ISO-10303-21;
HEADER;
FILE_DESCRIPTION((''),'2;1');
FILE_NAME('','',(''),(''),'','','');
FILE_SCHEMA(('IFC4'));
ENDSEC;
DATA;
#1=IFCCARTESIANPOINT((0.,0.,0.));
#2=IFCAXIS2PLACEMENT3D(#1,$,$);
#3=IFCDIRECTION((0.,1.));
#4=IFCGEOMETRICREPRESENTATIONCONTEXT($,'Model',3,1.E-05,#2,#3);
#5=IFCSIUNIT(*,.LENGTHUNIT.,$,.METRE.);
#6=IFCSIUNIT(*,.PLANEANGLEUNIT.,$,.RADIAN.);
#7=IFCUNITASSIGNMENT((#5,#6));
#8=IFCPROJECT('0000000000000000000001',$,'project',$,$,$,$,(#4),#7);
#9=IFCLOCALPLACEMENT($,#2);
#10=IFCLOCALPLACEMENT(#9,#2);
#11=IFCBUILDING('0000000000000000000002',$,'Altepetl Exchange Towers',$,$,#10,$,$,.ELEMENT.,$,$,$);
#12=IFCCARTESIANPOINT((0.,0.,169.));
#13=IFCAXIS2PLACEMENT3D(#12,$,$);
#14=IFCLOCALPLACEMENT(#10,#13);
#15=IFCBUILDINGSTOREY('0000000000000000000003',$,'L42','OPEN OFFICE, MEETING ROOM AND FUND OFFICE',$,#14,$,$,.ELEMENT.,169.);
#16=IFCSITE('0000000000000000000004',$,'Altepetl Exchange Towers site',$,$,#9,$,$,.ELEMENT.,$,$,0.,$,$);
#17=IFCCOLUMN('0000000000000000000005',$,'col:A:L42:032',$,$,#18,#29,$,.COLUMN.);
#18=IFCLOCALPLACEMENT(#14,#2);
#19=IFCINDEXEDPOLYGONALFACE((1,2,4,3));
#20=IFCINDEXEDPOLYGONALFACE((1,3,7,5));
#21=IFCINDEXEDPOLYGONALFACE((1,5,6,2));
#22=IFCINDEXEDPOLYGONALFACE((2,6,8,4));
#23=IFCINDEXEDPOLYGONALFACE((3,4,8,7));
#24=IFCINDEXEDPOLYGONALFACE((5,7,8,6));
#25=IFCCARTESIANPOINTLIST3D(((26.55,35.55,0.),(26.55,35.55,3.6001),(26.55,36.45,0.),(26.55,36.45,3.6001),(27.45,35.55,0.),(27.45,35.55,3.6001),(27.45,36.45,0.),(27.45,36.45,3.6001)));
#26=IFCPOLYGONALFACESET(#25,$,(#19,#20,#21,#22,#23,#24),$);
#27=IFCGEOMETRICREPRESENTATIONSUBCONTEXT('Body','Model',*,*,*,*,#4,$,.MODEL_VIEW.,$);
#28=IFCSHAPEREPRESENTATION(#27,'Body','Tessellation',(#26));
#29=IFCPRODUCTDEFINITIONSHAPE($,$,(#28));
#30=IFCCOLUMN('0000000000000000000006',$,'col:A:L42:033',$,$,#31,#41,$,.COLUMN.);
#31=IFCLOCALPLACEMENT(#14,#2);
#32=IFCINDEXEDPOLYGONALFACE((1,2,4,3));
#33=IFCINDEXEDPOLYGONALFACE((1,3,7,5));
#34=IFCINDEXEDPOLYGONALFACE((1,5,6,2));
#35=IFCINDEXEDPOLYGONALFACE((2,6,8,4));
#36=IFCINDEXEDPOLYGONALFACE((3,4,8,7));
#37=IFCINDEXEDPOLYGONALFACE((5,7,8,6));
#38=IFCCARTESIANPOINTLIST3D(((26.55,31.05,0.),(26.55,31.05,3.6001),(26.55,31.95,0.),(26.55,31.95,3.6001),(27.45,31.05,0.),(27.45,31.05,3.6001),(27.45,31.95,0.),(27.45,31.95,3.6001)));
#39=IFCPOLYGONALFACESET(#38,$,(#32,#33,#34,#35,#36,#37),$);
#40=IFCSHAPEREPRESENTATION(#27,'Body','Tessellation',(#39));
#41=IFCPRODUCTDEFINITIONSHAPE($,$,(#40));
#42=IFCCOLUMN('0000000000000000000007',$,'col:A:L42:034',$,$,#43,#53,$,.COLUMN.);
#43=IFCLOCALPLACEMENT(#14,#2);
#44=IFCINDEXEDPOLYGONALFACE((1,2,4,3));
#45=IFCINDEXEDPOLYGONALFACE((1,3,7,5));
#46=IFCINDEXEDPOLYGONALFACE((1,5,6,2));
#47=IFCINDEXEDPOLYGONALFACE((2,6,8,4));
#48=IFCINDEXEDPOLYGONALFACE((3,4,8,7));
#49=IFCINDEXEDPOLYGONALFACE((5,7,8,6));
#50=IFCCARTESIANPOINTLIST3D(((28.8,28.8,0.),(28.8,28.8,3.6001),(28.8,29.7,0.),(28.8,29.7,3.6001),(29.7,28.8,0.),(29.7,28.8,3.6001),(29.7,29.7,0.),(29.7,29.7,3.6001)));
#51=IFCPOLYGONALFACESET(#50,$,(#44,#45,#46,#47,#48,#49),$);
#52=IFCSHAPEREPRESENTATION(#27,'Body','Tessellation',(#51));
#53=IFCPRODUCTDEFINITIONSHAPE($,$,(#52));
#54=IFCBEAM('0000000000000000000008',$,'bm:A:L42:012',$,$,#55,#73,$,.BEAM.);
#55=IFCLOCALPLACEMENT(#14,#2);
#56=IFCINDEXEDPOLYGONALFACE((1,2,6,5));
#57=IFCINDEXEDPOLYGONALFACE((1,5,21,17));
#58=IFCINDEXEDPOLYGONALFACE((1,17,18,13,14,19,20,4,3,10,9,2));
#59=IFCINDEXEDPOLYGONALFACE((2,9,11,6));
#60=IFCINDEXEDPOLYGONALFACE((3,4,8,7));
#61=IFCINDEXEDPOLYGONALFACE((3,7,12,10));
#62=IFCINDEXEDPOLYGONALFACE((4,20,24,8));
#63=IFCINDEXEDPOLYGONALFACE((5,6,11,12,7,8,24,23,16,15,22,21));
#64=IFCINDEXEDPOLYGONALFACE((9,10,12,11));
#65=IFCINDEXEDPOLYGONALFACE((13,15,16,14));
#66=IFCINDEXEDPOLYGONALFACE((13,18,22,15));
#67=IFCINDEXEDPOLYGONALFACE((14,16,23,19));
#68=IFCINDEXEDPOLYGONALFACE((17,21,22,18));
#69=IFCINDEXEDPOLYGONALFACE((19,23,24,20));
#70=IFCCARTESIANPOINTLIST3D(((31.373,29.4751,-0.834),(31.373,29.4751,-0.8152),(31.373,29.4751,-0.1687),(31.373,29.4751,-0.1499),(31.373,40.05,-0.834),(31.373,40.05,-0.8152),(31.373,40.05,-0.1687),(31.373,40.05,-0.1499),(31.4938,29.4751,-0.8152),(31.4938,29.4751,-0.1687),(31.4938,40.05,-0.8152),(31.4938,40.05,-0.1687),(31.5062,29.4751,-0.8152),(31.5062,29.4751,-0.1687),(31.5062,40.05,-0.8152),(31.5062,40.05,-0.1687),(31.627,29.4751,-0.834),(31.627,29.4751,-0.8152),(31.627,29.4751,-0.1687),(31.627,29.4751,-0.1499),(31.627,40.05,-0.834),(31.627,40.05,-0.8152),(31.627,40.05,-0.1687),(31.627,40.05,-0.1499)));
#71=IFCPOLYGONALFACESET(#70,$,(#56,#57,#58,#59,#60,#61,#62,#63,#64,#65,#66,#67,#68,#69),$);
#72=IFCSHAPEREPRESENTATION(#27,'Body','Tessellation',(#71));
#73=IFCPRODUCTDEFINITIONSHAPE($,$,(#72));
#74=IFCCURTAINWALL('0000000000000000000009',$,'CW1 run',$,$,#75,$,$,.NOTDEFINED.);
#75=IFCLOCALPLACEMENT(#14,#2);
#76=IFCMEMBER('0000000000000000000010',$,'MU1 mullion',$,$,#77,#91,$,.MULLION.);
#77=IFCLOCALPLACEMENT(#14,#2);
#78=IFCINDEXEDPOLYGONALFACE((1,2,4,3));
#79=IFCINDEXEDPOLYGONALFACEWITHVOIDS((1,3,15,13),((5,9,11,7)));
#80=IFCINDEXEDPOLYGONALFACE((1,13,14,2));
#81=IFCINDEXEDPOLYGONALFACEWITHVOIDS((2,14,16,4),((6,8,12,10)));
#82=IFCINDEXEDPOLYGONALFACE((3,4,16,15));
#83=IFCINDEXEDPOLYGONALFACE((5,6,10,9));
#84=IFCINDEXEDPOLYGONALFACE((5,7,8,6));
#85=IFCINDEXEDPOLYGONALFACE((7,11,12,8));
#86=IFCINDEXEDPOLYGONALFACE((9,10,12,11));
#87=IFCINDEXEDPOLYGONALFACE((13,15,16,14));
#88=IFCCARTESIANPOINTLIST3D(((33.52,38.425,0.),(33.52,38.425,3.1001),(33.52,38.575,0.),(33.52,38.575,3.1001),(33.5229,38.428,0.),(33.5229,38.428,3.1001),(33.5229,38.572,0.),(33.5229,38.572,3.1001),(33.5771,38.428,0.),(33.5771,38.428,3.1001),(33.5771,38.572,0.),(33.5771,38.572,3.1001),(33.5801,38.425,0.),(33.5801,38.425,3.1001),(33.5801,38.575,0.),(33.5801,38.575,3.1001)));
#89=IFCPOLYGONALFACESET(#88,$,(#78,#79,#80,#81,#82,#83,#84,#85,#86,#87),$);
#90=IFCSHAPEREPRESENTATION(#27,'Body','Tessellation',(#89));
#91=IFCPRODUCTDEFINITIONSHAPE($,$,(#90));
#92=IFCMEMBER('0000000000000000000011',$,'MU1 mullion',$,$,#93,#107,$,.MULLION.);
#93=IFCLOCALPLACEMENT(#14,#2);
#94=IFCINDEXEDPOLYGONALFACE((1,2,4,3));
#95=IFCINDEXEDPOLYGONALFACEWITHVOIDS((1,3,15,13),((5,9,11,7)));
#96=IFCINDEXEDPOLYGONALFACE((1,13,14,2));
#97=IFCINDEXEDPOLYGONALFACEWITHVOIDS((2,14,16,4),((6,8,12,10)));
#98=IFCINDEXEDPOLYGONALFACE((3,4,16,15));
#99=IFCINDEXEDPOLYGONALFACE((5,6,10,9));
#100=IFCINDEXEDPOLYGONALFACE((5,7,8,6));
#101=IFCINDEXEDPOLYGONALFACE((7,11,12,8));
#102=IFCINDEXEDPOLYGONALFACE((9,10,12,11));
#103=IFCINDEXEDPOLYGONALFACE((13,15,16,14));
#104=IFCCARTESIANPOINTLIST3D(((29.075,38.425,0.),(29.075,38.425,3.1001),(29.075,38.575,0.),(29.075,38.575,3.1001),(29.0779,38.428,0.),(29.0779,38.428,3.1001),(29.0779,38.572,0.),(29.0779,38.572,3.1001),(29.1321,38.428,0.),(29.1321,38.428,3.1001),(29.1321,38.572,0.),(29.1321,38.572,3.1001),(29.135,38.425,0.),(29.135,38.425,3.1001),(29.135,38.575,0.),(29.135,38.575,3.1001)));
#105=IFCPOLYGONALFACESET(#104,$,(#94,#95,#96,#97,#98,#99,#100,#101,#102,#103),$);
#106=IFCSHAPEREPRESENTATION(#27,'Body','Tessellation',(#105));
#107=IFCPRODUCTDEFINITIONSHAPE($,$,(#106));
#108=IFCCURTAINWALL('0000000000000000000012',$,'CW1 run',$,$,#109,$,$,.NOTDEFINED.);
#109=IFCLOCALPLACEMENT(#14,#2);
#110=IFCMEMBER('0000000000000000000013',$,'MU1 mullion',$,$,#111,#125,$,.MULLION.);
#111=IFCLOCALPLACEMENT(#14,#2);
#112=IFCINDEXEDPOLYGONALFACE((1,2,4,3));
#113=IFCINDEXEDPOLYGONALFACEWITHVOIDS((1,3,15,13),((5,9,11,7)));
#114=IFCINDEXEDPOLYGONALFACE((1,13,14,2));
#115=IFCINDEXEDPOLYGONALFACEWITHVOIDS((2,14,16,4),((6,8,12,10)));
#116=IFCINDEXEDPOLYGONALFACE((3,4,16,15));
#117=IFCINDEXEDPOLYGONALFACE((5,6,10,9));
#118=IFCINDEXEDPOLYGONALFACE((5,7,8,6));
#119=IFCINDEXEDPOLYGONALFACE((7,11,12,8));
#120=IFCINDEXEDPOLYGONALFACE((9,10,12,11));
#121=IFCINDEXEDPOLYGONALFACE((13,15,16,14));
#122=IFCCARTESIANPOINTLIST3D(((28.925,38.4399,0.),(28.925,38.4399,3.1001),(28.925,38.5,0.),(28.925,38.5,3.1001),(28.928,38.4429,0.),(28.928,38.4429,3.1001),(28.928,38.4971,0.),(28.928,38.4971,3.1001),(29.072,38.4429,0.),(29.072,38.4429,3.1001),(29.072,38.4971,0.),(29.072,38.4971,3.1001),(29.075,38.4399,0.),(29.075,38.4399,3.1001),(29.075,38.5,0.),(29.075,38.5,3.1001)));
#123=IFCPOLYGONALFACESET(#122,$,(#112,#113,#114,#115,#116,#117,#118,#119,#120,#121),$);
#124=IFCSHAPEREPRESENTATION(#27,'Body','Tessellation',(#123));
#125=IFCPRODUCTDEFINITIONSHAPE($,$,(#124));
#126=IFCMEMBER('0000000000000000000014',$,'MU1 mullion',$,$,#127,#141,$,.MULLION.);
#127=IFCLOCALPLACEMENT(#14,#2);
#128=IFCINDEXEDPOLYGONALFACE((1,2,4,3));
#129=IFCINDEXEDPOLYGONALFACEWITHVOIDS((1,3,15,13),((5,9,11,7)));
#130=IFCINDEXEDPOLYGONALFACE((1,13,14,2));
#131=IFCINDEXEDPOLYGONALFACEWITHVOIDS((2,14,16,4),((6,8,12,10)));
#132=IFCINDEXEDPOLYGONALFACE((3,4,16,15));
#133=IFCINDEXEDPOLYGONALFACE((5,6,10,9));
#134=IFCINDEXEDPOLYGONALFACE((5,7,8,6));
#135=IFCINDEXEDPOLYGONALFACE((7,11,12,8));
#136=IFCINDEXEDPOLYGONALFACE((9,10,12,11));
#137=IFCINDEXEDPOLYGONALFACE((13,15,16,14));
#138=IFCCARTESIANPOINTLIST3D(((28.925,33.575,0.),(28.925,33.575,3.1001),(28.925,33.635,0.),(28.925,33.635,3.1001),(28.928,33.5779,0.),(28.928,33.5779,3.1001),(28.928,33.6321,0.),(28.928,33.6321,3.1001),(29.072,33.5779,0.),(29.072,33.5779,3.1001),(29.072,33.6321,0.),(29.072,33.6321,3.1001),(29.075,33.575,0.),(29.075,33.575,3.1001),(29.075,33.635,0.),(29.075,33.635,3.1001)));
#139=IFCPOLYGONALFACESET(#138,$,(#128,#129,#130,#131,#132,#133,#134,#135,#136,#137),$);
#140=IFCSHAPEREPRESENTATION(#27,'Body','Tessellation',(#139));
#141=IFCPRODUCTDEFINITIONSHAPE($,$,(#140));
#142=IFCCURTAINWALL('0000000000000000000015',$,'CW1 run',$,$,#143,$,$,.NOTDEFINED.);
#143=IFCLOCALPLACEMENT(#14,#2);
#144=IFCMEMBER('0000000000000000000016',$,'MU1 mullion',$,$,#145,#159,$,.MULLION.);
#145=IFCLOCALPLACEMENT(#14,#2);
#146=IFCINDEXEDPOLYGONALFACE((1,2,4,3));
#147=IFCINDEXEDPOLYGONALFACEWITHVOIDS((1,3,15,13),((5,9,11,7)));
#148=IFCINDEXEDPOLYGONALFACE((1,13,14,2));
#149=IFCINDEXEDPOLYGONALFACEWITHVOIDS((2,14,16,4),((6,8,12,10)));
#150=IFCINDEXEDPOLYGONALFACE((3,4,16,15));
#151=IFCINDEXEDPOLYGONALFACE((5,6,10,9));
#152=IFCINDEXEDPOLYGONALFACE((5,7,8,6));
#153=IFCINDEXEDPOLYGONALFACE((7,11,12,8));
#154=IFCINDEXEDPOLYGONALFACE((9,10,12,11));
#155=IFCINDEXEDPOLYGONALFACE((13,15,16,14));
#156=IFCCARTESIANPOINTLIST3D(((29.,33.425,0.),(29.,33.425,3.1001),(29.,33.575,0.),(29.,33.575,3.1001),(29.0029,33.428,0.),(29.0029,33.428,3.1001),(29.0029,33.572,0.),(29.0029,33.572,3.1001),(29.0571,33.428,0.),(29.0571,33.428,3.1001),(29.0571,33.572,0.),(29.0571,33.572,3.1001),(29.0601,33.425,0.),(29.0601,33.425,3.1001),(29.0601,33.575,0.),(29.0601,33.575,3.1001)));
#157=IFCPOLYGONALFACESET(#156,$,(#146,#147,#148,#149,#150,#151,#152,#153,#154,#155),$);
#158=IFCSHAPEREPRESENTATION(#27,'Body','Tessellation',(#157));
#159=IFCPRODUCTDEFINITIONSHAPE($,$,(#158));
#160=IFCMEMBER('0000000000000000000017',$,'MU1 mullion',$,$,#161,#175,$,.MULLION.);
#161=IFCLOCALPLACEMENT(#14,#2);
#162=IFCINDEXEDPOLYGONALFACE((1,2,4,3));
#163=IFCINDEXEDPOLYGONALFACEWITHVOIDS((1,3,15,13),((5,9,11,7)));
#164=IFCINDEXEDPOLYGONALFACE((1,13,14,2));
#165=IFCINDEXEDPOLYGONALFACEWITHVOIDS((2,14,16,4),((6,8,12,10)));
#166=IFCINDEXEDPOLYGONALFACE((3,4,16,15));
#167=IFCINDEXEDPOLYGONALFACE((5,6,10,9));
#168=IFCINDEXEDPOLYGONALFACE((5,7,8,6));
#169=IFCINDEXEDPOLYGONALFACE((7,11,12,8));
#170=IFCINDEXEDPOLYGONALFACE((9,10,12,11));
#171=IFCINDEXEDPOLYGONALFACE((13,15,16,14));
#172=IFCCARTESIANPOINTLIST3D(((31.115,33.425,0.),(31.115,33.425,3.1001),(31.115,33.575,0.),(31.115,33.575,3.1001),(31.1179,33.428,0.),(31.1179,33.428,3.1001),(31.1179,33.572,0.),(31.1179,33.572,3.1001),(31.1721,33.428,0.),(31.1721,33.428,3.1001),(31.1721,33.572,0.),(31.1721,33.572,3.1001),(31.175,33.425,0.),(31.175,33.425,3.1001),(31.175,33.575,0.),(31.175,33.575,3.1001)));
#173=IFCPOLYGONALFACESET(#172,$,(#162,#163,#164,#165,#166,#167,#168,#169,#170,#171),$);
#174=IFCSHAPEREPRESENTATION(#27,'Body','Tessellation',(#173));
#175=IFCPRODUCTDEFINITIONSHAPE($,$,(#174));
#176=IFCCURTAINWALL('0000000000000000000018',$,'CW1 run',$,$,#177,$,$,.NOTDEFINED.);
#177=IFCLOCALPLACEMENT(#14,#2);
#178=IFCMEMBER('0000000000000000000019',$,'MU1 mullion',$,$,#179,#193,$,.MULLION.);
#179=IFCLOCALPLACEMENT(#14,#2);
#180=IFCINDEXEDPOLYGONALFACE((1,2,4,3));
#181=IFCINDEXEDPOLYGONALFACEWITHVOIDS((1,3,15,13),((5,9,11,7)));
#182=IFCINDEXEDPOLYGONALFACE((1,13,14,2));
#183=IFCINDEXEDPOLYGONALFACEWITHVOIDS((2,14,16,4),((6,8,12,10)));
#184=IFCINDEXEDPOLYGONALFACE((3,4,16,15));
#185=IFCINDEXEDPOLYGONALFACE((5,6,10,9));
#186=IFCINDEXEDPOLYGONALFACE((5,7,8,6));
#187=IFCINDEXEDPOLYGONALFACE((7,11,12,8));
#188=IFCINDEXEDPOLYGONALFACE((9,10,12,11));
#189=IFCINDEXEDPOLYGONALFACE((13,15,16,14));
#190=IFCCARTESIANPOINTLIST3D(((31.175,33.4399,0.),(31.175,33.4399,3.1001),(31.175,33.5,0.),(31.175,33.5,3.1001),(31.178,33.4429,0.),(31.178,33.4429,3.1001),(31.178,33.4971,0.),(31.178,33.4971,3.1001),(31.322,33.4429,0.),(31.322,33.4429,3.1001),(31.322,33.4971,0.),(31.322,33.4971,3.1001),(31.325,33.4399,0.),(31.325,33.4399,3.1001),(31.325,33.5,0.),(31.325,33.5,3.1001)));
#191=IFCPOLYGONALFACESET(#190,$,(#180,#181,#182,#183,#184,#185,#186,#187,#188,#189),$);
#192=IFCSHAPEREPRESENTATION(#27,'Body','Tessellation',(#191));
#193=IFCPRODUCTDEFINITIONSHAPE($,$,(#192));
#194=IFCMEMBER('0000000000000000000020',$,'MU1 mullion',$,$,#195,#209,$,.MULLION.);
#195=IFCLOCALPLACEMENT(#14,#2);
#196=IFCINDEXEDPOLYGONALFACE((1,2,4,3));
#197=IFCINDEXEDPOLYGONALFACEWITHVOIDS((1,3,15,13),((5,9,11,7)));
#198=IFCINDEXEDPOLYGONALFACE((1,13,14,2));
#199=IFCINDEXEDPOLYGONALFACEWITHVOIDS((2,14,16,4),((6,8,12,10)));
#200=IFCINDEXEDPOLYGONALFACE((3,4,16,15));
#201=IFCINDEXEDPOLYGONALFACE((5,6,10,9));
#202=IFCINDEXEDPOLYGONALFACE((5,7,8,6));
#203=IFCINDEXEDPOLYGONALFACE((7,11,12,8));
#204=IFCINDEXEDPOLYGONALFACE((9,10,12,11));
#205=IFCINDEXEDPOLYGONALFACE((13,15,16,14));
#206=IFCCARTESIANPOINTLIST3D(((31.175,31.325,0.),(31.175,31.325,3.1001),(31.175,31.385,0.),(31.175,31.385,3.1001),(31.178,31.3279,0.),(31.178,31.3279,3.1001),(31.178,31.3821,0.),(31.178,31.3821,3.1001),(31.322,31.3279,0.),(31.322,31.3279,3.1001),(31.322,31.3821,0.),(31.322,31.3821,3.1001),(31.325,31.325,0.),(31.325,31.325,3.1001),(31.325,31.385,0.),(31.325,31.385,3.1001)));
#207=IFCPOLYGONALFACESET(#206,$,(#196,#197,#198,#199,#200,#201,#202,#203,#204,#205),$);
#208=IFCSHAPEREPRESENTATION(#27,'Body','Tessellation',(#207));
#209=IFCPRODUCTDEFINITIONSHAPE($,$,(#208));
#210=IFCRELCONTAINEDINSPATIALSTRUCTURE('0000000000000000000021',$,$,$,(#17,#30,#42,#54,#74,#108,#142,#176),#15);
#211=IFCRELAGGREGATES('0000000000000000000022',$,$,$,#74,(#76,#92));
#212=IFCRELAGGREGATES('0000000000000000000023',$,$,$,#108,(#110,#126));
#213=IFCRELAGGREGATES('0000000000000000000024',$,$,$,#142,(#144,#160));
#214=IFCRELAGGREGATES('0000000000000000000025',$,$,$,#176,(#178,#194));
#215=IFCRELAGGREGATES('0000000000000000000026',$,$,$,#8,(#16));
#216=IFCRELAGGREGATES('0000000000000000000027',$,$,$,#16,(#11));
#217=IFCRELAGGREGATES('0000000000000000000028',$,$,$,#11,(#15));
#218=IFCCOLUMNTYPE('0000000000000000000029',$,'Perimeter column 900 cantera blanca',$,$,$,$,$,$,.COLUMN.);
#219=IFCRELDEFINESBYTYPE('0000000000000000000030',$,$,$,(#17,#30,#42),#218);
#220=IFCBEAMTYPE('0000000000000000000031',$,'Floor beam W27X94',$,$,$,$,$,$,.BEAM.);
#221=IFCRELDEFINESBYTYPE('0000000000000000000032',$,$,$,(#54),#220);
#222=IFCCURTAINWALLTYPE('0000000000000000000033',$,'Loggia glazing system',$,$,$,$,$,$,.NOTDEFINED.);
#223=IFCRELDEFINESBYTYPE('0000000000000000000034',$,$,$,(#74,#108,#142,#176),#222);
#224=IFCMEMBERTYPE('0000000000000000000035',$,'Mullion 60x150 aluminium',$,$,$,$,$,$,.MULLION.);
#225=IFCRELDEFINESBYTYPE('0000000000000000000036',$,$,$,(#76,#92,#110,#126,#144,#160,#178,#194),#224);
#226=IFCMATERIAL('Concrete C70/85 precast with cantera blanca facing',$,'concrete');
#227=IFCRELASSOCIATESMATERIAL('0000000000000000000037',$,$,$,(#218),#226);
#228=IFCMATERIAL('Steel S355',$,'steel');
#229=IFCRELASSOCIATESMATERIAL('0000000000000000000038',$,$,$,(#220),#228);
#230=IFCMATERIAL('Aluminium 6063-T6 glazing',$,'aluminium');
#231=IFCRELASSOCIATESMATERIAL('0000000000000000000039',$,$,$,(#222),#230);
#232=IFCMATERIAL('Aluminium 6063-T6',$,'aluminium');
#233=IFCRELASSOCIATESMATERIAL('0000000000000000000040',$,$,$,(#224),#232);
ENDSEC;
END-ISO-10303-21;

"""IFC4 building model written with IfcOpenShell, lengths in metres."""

from ifc_helpers import new_model, si_unit, direction, frame, origin, origin_2d, place, context, subcontext, project, spatial, rectangle, hollow_rectangle, i_section, extrude, material, material_profile, profile_set, type_object, element, aggregate, save


model = new_model("IFC4")

# Units and contexts
model_context = context("Model", 3, precision=1e-05, world=origin(), true_north=direction((0.0, 1.0)))
body_context = subcontext(model_context, "Body", "Model", "MODEL_VIEW")
ifc_project = project(units=[si_unit("LENGTHUNIT", "METRE"), si_unit("PLANEANGLEUNIT", "RADIAN")], contexts=[model_context])

# Site, building, storey
site_placement = place(None, origin())
site = spatial("IfcSite", under=ifc_project, at=site_placement, Name="Altepetl Exchange Towers site", CompositionType="ELEMENT", RefElevation=0.0)
building_placement = place(site_placement, origin())
building = spatial("IfcBuilding", under=site, at=building_placement, Name="Altepetl Exchange Towers", CompositionType="ELEMENT")
storey_placement = place(building_placement, frame((0.0, 0.0, 169.0)))
storey = spatial("IfcBuildingStorey", under=building, at=storey_placement, Name="L42", Description="OPEN OFFICE, MEETING ROOM AND FUND OFFICE", CompositionType="ELEMENT", Elevation=169.0)

# Columns
ifc_material_1 = material(Name="Concrete C70/85 precast with cantera blanca facing", Category="concrete")
ifc_material_profile_1 = material_profile(ifc_material_1, rectangle(XDim=0.8999, YDim=0.8999, at=origin_2d()), Name="900 x 900")
ifc_profile_set_1 = profile_set([ifc_material_profile_1], Name="Concrete C70/85 precast with cantera blanca facing")
column_type = type_object("IfcColumnType", Name="Perimeter column 900 cantera blanca", PredefinedType="COLUMN", material=ifc_profile_set_1)
for number, where, name in (
    (1, (27.0, 36.0, 0.0), "col:A:L42:032"),
    (2, (27.0, 31.5, 0.0), "col:A:L42:033"),
    (3, (29.25, 29.25, 0.0), "col:A:L42:034"),
):
    element("IfcColumn", number, at=place(storey_placement, frame(where)), inside=storey, type_object=column_type, Name=name, PredefinedType="COLUMN", context=body_context, shape_type="SweptSolid", body=[
        extrude(rectangle(XDim=0.8999, YDim=0.8999, at=origin_2d()), origin(), (0.0, 0.0, 1.0), 3.6001),
    ])

# Beam
ifc_material_2 = material(Name="Steel S355", Category="steel")
ifc_material_profile_2 = material_profile(ifc_material_2, i_section(OverallWidth=0.2539, OverallDepth=0.6841, WebThickness=0.0125, FlangeThickness=0.0188, at=origin_2d()), Name="W27X94")
ifc_profile_set_2 = profile_set([ifc_material_profile_2], Name="Steel S355")
beam_type_1 = type_object("IfcBeamType", Name="Floor beam W27X94", PredefinedType="BEAM", material=ifc_profile_set_2)
beam_1_placement = place(storey_placement, frame((31.5, 29.4751, -0.4919), z_axis=(0.0, 1.0, 0.0), x_axis=(-1.0, 0.0, 0.0)))
element("IfcBeam", 4, at=beam_1_placement, inside=storey, type_object=beam_type_1, Name="bm:A:L42:012", PredefinedType="BEAM", context=body_context, shape_type="SweptSolid", body=[
    extrude(i_section(OverallWidth=0.2539, OverallDepth=0.6841, WebThickness=0.0125, FlangeThickness=0.0188, at=origin_2d()), origin(), (0.0, 0.0, 1.0), 10.575),
])

# Curtain walls, members
ifc_material_3 = material(Name="Aluminium 6063-T6 glazing", Category="aluminium")
curtain_wall_type = type_object("IfcCurtainWallType", Name="Loggia glazing system", PredefinedType="NOTDEFINED", material=ifc_material_3)
curtain_wall_1_placement = place(storey_placement, origin())
curtain_wall_1 = element("IfcCurtainWall", 5, at=curtain_wall_1_placement, inside=storey, type_object=curtain_wall_type, Name="CW1 run", PredefinedType="NOTDEFINED")
ifc_material_4 = material(Name="Aluminium 6063-T6", Category="aluminium")
ifc_material_profile_3 = material_profile(ifc_material_4, hollow_rectangle(XDim=0.0601, YDim=0.1499, WallThickness=0.0029, at=origin_2d()), Name="Mullion 60x150 aluminium")
ifc_profile_set_3 = profile_set([ifc_material_profile_3], Name="Aluminium 6063-T6")
member_type = type_object("IfcMemberType", Name="Mullion 60x150 aluminium", PredefinedType="MULLION", material=ifc_profile_set_3)
member_1_placement = place(storey_placement, frame((33.55, 38.5, 0.0), z_axis=(0.0, 0.0, 1.0), x_axis=(-1.0, 0.0, 0.0)))
member_1 = element("IfcMember", 6, at=member_1_placement, type_object=member_type, Name="MU1 mullion", PredefinedType="MULLION", context=body_context, shape_type="SweptSolid", body=[
    extrude(hollow_rectangle(XDim=0.0601, YDim=0.1499, WallThickness=0.0029, at=origin_2d()), origin(), (0.0, 0.0, 1.0), 3.1001),
])
member_2_placement = place(storey_placement, frame((29.105, 38.5, 0.0), z_axis=(0.0, 0.0, 1.0), x_axis=(-1.0, 0.0, 0.0)))
member_2 = element("IfcMember", 7, at=member_2_placement, type_object=member_type, Name="MU1 mullion", PredefinedType="MULLION", context=body_context, shape_type="SweptSolid", body=[
    extrude(hollow_rectangle(XDim=0.0601, YDim=0.1499, WallThickness=0.0029, at=origin_2d()), origin(), (0.0, 0.0, 1.0), 3.1001),
])
curtain_wall_2_placement = place(storey_placement, origin())
curtain_wall_2 = element("IfcCurtainWall", 8, at=curtain_wall_2_placement, inside=storey, type_object=curtain_wall_type, Name="CW1 run", PredefinedType="NOTDEFINED")
member_3_placement = place(storey_placement, frame((29.0, 38.47, 0.0), z_axis=(0.0, 0.0, 1.0), x_axis=(0.0, -1.0, 0.0)))
member_3 = element("IfcMember", 9, at=member_3_placement, type_object=member_type, Name="MU1 mullion", PredefinedType="MULLION", context=body_context, shape_type="SweptSolid", body=[
    extrude(hollow_rectangle(XDim=0.0601, YDim=0.1499, WallThickness=0.0029, at=origin_2d()), origin(), (0.0, 0.0, 1.0), 3.1001),
])
member_4_placement = place(storey_placement, frame((29.0, 33.605, 0.0), z_axis=(0.0, 0.0, 1.0), x_axis=(0.0, -1.0, 0.0)))
member_4 = element("IfcMember", 10, at=member_4_placement, type_object=member_type, Name="MU1 mullion", PredefinedType="MULLION", context=body_context, shape_type="SweptSolid", body=[
    extrude(hollow_rectangle(XDim=0.0601, YDim=0.1499, WallThickness=0.0029, at=origin_2d()), origin(), (0.0, 0.0, 1.0), 3.1001),
])
curtain_wall_3_placement = place(storey_placement, origin())
curtain_wall_3 = element("IfcCurtainWall", 11, at=curtain_wall_3_placement, inside=storey, type_object=curtain_wall_type, Name="CW1 run", PredefinedType="NOTDEFINED")
member_5_placement = place(storey_placement, frame((29.03, 33.5, 0.0)))
member_5 = element("IfcMember", 12, at=member_5_placement, type_object=member_type, Name="MU1 mullion", PredefinedType="MULLION", context=body_context, shape_type="SweptSolid", body=[
    extrude(hollow_rectangle(XDim=0.0601, YDim=0.1499, WallThickness=0.0029, at=origin_2d()), origin(), (0.0, 0.0, 1.0), 3.1001),
])
member_6_placement = place(storey_placement, frame((31.145, 33.5, 0.0)))
member_6 = element("IfcMember", 13, at=member_6_placement, type_object=member_type, Name="MU1 mullion", PredefinedType="MULLION", context=body_context, shape_type="SweptSolid", body=[
    extrude(hollow_rectangle(XDim=0.0601, YDim=0.1499, WallThickness=0.0029, at=origin_2d()), origin(), (0.0, 0.0, 1.0), 3.1001),
])
curtain_wall_4_placement = place(storey_placement, origin())
curtain_wall_4 = element("IfcCurtainWall", 14, at=curtain_wall_4_placement, inside=storey, type_object=curtain_wall_type, Name="CW1 run", PredefinedType="NOTDEFINED")
member_7_placement = place(storey_placement, frame((31.25, 33.47, 0.0), z_axis=(0.0, 0.0, 1.0), x_axis=(0.0, -1.0, 0.0)))
member_7 = element("IfcMember", 15, at=member_7_placement, type_object=member_type, Name="MU1 mullion", PredefinedType="MULLION", context=body_context, shape_type="SweptSolid", body=[
    extrude(hollow_rectangle(XDim=0.0601, YDim=0.1499, WallThickness=0.0029, at=origin_2d()), origin(), (0.0, 0.0, 1.0), 3.1001),
])
member_8_placement = place(storey_placement, frame((31.25, 31.355, 0.0), z_axis=(0.0, 0.0, 1.0), x_axis=(0.0, -1.0, 0.0)))
member_8 = element("IfcMember", 16, at=member_8_placement, type_object=member_type, Name="MU1 mullion", PredefinedType="MULLION", context=body_context, shape_type="SweptSolid", body=[
    extrude(hollow_rectangle(XDim=0.0601, YDim=0.1499, WallThickness=0.0029, at=origin_2d()), origin(), (0.0, 0.0, 1.0), 3.1001),
])

aggregate(curtain_wall_1, [member_1, member_2])
aggregate(curtain_wall_2, [member_3, member_4])
aggregate(curtain_wall_3, [member_5, member_6])
aggregate(curtain_wall_4, [member_7, member_8])

save(model, "model.ifc")
